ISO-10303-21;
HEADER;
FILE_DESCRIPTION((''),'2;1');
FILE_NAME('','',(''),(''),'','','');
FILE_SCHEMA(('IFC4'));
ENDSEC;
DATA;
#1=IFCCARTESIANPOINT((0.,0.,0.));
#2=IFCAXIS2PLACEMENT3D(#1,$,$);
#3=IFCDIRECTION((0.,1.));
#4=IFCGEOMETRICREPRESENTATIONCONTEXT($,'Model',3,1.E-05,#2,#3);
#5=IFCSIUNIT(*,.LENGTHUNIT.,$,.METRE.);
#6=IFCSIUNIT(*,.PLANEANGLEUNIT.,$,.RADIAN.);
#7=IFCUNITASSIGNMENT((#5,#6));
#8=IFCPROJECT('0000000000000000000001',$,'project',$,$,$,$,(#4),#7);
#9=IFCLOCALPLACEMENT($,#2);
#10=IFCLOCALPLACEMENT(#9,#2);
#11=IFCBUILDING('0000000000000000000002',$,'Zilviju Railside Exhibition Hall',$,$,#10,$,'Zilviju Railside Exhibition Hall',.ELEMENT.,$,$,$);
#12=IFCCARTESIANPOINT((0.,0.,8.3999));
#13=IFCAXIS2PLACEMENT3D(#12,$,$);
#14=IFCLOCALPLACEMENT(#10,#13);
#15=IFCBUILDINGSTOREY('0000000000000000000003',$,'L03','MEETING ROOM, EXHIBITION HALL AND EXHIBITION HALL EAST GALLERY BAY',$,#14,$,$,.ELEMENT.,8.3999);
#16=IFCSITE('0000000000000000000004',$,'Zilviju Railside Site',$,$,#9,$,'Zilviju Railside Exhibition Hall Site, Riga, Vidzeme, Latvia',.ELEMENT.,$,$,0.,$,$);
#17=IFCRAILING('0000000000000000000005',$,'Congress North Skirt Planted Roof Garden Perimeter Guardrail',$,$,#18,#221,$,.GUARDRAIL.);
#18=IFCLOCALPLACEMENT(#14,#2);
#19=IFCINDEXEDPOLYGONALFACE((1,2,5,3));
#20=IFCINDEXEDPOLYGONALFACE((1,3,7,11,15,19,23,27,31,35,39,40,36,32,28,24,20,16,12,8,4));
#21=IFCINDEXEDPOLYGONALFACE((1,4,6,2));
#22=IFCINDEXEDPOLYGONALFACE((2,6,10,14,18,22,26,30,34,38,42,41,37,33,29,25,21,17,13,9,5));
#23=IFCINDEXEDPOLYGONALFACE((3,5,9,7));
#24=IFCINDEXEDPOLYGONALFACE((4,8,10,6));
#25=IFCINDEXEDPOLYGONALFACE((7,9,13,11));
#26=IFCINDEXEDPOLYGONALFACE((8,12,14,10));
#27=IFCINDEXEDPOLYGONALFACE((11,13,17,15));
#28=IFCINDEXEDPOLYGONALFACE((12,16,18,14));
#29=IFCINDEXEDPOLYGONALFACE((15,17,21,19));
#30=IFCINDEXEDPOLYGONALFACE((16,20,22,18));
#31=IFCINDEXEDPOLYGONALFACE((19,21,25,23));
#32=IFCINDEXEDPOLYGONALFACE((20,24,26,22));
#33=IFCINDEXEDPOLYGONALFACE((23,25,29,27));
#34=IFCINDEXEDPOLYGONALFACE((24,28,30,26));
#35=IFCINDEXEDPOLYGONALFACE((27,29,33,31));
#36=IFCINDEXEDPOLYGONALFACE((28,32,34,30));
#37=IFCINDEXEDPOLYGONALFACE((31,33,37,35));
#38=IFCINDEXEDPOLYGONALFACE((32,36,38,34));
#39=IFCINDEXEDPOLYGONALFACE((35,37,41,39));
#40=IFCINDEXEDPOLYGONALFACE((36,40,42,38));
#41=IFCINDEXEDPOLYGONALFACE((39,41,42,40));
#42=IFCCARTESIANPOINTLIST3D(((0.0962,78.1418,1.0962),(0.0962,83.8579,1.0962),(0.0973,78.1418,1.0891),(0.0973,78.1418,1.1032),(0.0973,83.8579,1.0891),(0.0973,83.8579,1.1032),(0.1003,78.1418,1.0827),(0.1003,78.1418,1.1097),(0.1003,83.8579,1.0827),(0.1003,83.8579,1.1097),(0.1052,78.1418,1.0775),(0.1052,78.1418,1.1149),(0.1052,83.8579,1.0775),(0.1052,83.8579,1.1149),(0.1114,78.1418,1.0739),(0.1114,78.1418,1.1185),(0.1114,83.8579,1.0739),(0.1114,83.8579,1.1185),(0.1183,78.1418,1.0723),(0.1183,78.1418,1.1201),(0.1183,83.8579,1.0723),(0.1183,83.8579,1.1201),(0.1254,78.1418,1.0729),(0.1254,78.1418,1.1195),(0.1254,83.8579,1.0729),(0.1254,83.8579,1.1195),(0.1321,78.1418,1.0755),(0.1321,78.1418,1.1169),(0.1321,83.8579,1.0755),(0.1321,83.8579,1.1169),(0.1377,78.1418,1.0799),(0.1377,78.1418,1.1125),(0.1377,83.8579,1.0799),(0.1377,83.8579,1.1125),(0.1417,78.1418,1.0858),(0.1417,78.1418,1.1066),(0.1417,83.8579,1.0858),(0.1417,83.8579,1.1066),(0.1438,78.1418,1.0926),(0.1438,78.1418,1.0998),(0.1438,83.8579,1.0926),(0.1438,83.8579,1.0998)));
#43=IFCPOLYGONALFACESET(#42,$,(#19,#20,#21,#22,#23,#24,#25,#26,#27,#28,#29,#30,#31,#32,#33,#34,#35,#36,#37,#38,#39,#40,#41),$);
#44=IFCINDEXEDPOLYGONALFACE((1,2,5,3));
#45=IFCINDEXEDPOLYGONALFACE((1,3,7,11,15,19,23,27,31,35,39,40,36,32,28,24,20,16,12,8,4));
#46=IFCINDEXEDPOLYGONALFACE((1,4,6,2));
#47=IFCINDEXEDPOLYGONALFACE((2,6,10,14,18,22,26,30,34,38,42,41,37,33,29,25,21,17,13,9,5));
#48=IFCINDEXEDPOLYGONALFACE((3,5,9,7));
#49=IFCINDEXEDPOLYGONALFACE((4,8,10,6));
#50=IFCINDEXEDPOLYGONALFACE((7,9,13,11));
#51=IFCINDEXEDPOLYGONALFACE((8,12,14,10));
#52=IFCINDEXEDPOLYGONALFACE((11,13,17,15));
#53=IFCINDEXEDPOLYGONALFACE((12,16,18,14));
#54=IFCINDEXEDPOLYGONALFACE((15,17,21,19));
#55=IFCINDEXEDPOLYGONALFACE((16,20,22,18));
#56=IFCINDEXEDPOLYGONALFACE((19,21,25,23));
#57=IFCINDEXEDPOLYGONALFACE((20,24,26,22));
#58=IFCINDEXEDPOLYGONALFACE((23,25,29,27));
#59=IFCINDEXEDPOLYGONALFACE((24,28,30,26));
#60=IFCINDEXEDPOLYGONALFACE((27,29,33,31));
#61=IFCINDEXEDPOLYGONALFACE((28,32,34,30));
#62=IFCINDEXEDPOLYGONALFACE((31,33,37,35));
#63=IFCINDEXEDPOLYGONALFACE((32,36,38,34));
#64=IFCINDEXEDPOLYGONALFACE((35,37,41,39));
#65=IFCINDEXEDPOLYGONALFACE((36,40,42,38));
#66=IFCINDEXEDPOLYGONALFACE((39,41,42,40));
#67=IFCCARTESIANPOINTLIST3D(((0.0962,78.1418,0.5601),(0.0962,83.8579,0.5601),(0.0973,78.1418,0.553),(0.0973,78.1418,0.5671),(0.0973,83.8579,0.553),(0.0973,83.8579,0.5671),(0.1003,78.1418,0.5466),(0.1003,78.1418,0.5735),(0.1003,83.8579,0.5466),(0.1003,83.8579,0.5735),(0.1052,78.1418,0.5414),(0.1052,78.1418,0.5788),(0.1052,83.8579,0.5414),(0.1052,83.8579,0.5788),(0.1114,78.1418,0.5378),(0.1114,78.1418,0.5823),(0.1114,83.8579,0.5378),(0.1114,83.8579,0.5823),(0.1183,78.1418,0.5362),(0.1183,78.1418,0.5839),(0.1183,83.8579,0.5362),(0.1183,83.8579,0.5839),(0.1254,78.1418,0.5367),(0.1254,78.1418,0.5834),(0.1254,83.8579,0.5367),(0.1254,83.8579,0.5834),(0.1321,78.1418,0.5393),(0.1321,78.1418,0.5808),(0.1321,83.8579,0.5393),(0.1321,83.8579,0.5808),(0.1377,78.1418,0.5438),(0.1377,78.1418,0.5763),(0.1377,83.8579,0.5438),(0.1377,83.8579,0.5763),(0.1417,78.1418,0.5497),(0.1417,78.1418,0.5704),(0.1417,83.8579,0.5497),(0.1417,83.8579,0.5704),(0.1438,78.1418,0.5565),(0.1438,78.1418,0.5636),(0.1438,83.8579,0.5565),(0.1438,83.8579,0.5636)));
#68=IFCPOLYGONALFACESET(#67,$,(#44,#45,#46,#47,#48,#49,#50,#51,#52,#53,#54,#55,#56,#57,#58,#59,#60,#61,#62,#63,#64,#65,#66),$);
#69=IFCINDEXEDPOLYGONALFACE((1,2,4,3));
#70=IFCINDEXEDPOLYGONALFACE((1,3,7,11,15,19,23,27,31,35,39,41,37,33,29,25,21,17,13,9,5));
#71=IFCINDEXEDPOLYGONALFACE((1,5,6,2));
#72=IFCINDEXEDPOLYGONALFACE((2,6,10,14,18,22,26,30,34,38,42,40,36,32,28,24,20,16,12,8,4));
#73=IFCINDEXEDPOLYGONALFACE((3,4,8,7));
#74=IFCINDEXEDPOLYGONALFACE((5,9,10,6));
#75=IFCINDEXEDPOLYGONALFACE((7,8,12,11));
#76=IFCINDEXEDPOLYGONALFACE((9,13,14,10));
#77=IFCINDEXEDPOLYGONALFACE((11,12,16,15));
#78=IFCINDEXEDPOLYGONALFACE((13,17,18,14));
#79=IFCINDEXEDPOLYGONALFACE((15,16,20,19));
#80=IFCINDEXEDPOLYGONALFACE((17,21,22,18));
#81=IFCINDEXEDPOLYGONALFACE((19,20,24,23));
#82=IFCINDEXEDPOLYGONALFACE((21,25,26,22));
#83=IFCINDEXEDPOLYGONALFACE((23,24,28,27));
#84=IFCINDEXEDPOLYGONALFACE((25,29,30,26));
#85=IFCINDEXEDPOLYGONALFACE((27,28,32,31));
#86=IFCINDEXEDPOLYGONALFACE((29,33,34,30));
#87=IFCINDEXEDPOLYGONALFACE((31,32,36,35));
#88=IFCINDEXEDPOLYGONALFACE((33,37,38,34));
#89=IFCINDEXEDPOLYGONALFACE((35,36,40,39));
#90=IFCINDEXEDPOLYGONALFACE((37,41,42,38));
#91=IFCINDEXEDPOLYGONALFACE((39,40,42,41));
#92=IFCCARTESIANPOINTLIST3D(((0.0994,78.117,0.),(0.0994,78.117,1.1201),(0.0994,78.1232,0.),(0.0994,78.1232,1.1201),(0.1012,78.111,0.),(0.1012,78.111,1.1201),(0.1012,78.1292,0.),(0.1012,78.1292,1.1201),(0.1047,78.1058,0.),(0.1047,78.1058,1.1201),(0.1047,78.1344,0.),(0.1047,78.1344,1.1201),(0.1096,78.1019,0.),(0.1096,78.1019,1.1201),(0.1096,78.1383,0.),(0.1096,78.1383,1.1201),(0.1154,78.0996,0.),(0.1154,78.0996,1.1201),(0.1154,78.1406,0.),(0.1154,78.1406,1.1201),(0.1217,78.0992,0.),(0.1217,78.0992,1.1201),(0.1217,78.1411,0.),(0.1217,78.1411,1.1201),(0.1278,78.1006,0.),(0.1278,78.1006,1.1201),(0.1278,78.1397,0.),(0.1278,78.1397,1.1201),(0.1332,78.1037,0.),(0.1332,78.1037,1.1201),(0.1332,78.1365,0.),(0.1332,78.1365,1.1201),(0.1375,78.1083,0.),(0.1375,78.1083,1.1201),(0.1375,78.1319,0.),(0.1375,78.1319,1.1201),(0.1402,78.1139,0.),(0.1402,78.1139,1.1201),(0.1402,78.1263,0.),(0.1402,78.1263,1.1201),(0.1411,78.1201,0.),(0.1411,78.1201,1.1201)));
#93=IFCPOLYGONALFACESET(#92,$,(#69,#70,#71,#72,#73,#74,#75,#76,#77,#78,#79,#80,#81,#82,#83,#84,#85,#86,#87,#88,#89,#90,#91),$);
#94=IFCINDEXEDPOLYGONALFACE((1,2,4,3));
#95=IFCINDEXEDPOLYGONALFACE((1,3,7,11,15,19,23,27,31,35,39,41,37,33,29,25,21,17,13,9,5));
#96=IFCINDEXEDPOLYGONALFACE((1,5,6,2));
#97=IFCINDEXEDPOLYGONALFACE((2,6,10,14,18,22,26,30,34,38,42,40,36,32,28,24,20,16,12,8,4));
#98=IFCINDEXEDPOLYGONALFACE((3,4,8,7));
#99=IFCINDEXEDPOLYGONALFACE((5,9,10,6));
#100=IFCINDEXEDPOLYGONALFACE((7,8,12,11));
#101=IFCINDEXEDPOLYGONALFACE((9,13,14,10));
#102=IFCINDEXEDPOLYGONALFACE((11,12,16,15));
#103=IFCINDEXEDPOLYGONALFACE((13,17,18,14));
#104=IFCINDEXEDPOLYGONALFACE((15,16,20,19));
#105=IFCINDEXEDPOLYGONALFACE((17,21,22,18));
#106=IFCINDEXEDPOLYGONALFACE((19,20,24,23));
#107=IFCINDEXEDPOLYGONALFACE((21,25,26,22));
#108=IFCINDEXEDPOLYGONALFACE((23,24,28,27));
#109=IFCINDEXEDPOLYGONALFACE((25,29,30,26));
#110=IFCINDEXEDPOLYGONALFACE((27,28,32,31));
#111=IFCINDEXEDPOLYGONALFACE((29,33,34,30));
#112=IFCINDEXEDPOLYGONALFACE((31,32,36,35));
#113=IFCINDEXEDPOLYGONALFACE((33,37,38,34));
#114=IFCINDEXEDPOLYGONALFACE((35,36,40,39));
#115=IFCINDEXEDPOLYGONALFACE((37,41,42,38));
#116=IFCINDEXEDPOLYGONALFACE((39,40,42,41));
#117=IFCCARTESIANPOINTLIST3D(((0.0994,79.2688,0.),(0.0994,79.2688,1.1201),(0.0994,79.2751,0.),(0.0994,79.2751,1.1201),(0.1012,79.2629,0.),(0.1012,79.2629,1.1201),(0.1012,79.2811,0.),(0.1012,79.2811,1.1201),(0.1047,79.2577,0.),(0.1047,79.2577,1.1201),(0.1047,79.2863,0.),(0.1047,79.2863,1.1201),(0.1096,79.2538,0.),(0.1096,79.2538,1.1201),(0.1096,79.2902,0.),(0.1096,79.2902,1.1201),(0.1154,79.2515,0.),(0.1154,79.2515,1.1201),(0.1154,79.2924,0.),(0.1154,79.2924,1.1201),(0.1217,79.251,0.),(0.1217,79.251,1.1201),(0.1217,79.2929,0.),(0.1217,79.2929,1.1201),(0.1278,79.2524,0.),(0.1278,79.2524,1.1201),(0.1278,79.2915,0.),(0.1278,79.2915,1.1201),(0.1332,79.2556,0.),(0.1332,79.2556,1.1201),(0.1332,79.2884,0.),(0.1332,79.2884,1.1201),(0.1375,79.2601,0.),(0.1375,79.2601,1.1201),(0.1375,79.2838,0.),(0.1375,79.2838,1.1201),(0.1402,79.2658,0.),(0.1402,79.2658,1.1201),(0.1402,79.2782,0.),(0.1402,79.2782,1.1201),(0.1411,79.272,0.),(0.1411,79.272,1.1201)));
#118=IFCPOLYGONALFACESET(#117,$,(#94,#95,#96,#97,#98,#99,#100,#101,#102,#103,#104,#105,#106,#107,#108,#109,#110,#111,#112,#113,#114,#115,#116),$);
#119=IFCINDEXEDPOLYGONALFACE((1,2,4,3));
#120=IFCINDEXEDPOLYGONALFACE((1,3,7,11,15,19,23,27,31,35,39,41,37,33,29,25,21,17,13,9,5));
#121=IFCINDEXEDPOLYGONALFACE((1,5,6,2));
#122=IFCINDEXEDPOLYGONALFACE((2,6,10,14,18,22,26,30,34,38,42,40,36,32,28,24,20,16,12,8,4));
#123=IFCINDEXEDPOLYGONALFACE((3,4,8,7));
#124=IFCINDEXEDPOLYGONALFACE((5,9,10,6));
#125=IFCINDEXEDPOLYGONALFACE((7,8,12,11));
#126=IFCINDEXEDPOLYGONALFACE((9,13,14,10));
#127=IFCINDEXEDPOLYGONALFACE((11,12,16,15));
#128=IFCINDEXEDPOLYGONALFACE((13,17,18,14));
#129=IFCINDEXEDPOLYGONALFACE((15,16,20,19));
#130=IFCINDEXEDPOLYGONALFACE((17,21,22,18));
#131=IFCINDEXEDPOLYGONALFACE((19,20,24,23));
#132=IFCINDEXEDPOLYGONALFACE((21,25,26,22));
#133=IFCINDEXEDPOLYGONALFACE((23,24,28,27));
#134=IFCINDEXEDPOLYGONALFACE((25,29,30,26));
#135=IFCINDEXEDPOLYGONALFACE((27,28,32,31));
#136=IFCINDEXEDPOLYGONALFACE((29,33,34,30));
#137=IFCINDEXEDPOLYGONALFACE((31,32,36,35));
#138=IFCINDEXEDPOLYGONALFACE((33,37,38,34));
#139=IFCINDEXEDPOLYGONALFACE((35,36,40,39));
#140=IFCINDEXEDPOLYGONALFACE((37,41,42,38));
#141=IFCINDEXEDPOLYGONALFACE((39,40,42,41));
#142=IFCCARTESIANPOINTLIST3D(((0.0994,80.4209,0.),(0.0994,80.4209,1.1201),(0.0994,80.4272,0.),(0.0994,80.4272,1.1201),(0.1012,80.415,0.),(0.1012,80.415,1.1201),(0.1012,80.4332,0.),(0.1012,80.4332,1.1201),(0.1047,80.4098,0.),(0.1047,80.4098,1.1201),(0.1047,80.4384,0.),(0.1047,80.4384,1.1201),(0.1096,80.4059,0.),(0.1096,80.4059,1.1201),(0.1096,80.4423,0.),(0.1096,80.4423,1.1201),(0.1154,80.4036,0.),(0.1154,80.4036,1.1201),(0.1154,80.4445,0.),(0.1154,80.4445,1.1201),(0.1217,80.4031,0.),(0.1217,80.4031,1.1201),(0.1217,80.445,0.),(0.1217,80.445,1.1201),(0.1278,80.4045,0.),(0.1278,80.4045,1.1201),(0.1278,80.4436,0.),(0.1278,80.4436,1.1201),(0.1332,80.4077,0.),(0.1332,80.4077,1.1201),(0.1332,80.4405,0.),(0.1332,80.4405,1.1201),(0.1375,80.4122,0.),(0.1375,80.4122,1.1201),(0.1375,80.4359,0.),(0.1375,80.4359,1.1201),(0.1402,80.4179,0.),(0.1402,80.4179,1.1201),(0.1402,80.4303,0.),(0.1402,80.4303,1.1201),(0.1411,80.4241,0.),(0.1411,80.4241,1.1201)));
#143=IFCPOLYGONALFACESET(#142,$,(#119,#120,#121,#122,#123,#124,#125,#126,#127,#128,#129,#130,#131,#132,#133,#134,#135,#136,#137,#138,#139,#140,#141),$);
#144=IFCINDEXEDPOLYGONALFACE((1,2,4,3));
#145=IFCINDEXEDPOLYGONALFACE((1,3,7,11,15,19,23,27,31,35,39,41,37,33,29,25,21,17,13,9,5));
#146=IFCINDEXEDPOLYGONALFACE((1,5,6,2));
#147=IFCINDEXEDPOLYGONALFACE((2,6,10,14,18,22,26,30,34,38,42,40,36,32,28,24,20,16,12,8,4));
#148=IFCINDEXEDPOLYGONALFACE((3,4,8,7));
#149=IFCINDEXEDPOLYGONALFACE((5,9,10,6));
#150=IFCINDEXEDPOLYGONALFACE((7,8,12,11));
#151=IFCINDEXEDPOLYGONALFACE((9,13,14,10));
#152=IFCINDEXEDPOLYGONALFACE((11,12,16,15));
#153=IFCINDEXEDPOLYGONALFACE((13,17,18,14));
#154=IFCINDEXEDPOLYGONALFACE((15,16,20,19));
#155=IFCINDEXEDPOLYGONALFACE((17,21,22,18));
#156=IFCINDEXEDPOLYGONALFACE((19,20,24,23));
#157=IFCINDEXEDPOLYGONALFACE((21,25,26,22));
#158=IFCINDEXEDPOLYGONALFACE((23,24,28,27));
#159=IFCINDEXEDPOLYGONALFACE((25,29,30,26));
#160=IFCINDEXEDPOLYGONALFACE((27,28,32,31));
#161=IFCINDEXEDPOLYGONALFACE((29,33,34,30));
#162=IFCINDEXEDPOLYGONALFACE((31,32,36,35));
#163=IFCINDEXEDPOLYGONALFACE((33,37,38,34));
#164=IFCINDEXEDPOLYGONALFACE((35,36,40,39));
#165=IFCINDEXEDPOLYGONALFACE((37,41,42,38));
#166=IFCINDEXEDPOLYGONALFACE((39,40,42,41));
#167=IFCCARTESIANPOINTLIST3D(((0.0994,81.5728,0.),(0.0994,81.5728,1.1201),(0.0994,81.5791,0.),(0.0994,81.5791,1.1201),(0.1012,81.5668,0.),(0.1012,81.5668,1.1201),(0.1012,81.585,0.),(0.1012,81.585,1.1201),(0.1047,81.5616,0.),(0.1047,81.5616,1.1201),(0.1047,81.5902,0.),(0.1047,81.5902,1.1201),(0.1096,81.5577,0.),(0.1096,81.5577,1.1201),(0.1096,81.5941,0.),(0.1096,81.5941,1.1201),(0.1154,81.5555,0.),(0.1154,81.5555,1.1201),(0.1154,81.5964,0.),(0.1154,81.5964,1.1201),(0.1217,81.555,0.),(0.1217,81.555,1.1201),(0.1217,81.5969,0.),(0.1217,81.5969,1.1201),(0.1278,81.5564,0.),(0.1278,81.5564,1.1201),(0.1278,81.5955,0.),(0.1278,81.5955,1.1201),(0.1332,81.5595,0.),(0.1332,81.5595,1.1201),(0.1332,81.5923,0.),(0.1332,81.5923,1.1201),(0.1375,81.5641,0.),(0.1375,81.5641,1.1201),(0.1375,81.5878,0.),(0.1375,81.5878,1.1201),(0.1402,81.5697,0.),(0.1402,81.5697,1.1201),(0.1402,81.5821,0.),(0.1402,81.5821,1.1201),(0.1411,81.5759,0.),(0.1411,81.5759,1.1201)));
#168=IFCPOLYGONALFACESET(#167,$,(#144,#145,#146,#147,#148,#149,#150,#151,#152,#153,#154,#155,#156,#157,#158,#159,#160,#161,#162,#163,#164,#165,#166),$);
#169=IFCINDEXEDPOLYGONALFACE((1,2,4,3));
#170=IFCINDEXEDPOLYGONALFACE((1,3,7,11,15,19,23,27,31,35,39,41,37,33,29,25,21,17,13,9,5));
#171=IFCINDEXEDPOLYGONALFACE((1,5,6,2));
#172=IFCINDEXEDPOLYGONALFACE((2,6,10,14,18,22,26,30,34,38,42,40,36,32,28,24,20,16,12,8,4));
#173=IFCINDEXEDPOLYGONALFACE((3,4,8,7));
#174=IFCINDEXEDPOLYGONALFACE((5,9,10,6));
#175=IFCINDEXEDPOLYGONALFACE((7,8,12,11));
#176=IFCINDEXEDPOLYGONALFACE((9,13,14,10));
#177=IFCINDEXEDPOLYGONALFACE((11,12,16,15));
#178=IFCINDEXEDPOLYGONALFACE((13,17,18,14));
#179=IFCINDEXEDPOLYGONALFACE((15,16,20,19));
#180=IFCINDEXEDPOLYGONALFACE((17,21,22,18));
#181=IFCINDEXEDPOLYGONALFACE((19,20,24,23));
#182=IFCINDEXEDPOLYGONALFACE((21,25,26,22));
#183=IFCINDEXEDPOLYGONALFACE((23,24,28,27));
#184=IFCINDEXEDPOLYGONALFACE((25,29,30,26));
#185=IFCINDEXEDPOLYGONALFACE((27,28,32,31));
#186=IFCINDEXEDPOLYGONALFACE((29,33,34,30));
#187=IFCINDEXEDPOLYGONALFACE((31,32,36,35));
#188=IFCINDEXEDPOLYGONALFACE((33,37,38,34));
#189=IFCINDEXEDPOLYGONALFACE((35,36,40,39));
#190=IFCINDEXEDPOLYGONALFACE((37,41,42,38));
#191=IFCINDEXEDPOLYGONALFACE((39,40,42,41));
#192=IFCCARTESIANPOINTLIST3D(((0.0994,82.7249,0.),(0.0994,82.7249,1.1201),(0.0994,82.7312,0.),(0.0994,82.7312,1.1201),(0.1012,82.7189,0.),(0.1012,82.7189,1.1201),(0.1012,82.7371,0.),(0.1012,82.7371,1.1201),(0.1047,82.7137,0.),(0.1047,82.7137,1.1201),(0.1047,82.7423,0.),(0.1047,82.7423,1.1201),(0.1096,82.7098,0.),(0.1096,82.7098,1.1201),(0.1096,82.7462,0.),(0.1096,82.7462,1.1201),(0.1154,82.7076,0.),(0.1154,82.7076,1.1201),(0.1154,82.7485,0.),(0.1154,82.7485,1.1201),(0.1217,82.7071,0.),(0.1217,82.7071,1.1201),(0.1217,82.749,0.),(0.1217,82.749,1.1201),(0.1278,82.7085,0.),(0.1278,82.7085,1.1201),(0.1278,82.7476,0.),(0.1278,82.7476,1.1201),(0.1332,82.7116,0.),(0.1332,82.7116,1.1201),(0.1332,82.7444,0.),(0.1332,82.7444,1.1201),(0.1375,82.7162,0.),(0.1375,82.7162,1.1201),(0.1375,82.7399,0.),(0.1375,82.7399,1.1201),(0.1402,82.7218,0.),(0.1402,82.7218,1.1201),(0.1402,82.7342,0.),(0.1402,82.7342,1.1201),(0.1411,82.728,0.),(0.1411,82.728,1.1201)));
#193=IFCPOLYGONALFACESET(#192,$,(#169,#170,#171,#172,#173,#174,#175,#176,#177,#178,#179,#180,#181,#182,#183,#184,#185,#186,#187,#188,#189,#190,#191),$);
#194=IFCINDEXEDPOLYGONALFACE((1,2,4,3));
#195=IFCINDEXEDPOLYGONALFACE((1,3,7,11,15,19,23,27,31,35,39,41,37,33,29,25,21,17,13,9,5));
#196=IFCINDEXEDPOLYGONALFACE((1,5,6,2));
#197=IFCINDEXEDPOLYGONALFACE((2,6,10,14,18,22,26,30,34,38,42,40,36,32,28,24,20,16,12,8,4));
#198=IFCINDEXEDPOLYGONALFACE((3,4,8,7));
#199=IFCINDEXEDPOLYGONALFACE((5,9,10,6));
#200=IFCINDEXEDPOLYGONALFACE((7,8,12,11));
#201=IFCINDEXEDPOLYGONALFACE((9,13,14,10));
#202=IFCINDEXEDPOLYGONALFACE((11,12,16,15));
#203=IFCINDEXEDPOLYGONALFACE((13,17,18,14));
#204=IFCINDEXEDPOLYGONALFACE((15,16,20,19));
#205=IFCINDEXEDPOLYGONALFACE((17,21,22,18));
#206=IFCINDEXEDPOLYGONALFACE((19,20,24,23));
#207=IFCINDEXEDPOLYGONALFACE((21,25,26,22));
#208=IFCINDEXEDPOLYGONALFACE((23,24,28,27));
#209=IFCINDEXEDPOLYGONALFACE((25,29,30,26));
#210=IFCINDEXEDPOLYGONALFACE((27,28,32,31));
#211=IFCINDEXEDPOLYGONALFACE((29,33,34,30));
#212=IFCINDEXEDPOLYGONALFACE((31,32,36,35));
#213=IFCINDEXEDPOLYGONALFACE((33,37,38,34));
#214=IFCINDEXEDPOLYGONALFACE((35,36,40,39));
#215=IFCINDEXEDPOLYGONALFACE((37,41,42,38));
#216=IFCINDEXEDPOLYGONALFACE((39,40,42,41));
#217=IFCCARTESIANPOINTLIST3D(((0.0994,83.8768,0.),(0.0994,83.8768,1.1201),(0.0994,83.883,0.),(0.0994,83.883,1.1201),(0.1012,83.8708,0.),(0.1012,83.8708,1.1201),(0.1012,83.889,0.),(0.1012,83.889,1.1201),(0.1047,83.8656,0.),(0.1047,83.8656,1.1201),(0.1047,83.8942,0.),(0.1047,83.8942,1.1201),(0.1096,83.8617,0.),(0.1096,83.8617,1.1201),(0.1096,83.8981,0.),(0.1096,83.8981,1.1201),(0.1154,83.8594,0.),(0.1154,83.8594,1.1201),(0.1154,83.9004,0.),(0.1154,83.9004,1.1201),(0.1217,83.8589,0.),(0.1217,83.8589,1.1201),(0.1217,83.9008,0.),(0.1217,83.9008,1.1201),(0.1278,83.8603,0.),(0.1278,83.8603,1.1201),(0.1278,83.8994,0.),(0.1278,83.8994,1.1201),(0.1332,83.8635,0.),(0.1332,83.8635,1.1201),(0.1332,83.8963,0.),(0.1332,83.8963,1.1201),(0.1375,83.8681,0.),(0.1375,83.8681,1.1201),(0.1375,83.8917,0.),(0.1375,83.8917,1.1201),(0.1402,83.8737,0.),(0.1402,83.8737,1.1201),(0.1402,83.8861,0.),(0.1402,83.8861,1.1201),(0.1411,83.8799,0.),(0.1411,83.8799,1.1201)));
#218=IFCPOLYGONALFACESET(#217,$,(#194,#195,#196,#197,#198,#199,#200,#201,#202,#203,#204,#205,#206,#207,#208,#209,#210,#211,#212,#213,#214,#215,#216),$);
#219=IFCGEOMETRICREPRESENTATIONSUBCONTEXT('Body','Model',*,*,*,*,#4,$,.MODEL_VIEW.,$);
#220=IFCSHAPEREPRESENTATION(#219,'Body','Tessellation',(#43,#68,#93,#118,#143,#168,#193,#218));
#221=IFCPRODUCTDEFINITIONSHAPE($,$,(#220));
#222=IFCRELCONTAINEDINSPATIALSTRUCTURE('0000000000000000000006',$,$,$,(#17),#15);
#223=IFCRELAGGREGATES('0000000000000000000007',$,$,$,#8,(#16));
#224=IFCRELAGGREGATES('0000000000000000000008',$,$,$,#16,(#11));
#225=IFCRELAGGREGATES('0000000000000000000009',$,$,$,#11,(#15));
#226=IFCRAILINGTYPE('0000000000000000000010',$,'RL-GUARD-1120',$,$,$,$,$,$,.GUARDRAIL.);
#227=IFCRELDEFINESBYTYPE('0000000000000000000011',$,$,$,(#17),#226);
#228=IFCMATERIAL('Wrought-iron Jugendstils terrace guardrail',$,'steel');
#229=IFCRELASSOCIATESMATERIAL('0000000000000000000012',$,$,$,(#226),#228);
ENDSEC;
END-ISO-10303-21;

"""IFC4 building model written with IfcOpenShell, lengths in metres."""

from ifc_helpers import new_model, si_unit, direction, frame, origin, origin_2d, place, context, subcontext, project, spatial, circle, extrude, material, type_object, element, save


model = new_model("IFC4")

# Units and contexts
model_context = context("Model", 3, precision=1e-05, world=origin(), true_north=direction((0.0, 1.0)))
body_context = subcontext(model_context, "Body", "Model", "MODEL_VIEW")
ifc_project = project(units=[si_unit("LENGTHUNIT", "METRE"), si_unit("PLANEANGLEUNIT", "RADIAN")], contexts=[model_context])

# Site, building, storey
site_placement = place(None, origin())
site = spatial("IfcSite", under=ifc_project, at=site_placement, Name="Zilviju Railside Site", LongName="Zilviju Railside Exhibition Hall Site, Riga, Vidzeme, Latvia", CompositionType="ELEMENT", RefElevation=0.0)
building_placement = place(site_placement, origin())
building = spatial("IfcBuilding", under=site, at=building_placement, Name="Zilviju Railside Exhibition Hall", LongName="Zilviju Railside Exhibition Hall", CompositionType="ELEMENT")
storey_placement = place(building_placement, frame((0.0, 0.0, 8.3999)))
storey = spatial("IfcBuildingStorey", under=building, at=storey_placement, Name="L03", Description="MEETING ROOM, EXHIBITION HALL AND EXHIBITION HALL EAST GALLERY BAY", CompositionType="ELEMENT", Elevation=8.3999)

# Railing
ifc_material_1 = material(Name="Wrought-iron Jugendstils terrace guardrail", Category="steel")
railing_type = type_object("IfcRailingType", Name="RL-GUARD-1120", PredefinedType="GUARDRAIL", material=ifc_material_1)
railing_placement = place(storey_placement, frame((0.1201, 78.1201, 0.0)))
element("IfcRailing", 1, at=railing_placement, inside=storey, type_object=railing_type, Name="Congress North Skirt Planted Roof Garden Perimeter Guardrail", PredefinedType="GUARDRAIL", context=body_context, shape_type="SweptSolid", body=[
    extrude(circle(Radius=0.0239, at=origin_2d()), frame((0.0, 0.0217, 1.0962), z_axis=(0.0, 1.0, 0.0), x_axis=(-1.0, 0.0, 0.0)), (0.0, 0.0, 1.0), 5.7161),
    extrude(circle(Radius=0.0239, at=origin_2d()), frame((0.0, 0.0217, 0.5601), z_axis=(0.0, 1.0, 0.0), x_axis=(-1.0, 0.0, 0.0)), (0.0, 0.0, 1.0), 5.7161),
    extrude(circle(Radius=0.021, at=origin_2d()), origin(), (0.0, 0.0, 1.0), 1.1201),
    extrude(circle(Radius=0.021, at=origin_2d()), frame((0.0, 1.1519, 0.0)), (0.0, 0.0, 1.0), 1.1201),
    extrude(circle(Radius=0.021, at=origin_2d()), frame((0.0, 2.304, 0.0)), (0.0, 0.0, 1.0), 1.1201),
    extrude(circle(Radius=0.021, at=origin_2d()), frame((0.0, 3.4558, 0.0)), (0.0, 0.0, 1.0), 1.1201),
    extrude(circle(Radius=0.021, at=origin_2d()), frame((0.0, 4.6079, 0.0)), (0.0, 0.0, 1.0), 1.1201),
    extrude(circle(Radius=0.021, at=origin_2d()), frame((0.0, 5.7598, 0.0)), (0.0, 0.0, 1.0), 1.1201),
])

save(model, "model.ifc")
